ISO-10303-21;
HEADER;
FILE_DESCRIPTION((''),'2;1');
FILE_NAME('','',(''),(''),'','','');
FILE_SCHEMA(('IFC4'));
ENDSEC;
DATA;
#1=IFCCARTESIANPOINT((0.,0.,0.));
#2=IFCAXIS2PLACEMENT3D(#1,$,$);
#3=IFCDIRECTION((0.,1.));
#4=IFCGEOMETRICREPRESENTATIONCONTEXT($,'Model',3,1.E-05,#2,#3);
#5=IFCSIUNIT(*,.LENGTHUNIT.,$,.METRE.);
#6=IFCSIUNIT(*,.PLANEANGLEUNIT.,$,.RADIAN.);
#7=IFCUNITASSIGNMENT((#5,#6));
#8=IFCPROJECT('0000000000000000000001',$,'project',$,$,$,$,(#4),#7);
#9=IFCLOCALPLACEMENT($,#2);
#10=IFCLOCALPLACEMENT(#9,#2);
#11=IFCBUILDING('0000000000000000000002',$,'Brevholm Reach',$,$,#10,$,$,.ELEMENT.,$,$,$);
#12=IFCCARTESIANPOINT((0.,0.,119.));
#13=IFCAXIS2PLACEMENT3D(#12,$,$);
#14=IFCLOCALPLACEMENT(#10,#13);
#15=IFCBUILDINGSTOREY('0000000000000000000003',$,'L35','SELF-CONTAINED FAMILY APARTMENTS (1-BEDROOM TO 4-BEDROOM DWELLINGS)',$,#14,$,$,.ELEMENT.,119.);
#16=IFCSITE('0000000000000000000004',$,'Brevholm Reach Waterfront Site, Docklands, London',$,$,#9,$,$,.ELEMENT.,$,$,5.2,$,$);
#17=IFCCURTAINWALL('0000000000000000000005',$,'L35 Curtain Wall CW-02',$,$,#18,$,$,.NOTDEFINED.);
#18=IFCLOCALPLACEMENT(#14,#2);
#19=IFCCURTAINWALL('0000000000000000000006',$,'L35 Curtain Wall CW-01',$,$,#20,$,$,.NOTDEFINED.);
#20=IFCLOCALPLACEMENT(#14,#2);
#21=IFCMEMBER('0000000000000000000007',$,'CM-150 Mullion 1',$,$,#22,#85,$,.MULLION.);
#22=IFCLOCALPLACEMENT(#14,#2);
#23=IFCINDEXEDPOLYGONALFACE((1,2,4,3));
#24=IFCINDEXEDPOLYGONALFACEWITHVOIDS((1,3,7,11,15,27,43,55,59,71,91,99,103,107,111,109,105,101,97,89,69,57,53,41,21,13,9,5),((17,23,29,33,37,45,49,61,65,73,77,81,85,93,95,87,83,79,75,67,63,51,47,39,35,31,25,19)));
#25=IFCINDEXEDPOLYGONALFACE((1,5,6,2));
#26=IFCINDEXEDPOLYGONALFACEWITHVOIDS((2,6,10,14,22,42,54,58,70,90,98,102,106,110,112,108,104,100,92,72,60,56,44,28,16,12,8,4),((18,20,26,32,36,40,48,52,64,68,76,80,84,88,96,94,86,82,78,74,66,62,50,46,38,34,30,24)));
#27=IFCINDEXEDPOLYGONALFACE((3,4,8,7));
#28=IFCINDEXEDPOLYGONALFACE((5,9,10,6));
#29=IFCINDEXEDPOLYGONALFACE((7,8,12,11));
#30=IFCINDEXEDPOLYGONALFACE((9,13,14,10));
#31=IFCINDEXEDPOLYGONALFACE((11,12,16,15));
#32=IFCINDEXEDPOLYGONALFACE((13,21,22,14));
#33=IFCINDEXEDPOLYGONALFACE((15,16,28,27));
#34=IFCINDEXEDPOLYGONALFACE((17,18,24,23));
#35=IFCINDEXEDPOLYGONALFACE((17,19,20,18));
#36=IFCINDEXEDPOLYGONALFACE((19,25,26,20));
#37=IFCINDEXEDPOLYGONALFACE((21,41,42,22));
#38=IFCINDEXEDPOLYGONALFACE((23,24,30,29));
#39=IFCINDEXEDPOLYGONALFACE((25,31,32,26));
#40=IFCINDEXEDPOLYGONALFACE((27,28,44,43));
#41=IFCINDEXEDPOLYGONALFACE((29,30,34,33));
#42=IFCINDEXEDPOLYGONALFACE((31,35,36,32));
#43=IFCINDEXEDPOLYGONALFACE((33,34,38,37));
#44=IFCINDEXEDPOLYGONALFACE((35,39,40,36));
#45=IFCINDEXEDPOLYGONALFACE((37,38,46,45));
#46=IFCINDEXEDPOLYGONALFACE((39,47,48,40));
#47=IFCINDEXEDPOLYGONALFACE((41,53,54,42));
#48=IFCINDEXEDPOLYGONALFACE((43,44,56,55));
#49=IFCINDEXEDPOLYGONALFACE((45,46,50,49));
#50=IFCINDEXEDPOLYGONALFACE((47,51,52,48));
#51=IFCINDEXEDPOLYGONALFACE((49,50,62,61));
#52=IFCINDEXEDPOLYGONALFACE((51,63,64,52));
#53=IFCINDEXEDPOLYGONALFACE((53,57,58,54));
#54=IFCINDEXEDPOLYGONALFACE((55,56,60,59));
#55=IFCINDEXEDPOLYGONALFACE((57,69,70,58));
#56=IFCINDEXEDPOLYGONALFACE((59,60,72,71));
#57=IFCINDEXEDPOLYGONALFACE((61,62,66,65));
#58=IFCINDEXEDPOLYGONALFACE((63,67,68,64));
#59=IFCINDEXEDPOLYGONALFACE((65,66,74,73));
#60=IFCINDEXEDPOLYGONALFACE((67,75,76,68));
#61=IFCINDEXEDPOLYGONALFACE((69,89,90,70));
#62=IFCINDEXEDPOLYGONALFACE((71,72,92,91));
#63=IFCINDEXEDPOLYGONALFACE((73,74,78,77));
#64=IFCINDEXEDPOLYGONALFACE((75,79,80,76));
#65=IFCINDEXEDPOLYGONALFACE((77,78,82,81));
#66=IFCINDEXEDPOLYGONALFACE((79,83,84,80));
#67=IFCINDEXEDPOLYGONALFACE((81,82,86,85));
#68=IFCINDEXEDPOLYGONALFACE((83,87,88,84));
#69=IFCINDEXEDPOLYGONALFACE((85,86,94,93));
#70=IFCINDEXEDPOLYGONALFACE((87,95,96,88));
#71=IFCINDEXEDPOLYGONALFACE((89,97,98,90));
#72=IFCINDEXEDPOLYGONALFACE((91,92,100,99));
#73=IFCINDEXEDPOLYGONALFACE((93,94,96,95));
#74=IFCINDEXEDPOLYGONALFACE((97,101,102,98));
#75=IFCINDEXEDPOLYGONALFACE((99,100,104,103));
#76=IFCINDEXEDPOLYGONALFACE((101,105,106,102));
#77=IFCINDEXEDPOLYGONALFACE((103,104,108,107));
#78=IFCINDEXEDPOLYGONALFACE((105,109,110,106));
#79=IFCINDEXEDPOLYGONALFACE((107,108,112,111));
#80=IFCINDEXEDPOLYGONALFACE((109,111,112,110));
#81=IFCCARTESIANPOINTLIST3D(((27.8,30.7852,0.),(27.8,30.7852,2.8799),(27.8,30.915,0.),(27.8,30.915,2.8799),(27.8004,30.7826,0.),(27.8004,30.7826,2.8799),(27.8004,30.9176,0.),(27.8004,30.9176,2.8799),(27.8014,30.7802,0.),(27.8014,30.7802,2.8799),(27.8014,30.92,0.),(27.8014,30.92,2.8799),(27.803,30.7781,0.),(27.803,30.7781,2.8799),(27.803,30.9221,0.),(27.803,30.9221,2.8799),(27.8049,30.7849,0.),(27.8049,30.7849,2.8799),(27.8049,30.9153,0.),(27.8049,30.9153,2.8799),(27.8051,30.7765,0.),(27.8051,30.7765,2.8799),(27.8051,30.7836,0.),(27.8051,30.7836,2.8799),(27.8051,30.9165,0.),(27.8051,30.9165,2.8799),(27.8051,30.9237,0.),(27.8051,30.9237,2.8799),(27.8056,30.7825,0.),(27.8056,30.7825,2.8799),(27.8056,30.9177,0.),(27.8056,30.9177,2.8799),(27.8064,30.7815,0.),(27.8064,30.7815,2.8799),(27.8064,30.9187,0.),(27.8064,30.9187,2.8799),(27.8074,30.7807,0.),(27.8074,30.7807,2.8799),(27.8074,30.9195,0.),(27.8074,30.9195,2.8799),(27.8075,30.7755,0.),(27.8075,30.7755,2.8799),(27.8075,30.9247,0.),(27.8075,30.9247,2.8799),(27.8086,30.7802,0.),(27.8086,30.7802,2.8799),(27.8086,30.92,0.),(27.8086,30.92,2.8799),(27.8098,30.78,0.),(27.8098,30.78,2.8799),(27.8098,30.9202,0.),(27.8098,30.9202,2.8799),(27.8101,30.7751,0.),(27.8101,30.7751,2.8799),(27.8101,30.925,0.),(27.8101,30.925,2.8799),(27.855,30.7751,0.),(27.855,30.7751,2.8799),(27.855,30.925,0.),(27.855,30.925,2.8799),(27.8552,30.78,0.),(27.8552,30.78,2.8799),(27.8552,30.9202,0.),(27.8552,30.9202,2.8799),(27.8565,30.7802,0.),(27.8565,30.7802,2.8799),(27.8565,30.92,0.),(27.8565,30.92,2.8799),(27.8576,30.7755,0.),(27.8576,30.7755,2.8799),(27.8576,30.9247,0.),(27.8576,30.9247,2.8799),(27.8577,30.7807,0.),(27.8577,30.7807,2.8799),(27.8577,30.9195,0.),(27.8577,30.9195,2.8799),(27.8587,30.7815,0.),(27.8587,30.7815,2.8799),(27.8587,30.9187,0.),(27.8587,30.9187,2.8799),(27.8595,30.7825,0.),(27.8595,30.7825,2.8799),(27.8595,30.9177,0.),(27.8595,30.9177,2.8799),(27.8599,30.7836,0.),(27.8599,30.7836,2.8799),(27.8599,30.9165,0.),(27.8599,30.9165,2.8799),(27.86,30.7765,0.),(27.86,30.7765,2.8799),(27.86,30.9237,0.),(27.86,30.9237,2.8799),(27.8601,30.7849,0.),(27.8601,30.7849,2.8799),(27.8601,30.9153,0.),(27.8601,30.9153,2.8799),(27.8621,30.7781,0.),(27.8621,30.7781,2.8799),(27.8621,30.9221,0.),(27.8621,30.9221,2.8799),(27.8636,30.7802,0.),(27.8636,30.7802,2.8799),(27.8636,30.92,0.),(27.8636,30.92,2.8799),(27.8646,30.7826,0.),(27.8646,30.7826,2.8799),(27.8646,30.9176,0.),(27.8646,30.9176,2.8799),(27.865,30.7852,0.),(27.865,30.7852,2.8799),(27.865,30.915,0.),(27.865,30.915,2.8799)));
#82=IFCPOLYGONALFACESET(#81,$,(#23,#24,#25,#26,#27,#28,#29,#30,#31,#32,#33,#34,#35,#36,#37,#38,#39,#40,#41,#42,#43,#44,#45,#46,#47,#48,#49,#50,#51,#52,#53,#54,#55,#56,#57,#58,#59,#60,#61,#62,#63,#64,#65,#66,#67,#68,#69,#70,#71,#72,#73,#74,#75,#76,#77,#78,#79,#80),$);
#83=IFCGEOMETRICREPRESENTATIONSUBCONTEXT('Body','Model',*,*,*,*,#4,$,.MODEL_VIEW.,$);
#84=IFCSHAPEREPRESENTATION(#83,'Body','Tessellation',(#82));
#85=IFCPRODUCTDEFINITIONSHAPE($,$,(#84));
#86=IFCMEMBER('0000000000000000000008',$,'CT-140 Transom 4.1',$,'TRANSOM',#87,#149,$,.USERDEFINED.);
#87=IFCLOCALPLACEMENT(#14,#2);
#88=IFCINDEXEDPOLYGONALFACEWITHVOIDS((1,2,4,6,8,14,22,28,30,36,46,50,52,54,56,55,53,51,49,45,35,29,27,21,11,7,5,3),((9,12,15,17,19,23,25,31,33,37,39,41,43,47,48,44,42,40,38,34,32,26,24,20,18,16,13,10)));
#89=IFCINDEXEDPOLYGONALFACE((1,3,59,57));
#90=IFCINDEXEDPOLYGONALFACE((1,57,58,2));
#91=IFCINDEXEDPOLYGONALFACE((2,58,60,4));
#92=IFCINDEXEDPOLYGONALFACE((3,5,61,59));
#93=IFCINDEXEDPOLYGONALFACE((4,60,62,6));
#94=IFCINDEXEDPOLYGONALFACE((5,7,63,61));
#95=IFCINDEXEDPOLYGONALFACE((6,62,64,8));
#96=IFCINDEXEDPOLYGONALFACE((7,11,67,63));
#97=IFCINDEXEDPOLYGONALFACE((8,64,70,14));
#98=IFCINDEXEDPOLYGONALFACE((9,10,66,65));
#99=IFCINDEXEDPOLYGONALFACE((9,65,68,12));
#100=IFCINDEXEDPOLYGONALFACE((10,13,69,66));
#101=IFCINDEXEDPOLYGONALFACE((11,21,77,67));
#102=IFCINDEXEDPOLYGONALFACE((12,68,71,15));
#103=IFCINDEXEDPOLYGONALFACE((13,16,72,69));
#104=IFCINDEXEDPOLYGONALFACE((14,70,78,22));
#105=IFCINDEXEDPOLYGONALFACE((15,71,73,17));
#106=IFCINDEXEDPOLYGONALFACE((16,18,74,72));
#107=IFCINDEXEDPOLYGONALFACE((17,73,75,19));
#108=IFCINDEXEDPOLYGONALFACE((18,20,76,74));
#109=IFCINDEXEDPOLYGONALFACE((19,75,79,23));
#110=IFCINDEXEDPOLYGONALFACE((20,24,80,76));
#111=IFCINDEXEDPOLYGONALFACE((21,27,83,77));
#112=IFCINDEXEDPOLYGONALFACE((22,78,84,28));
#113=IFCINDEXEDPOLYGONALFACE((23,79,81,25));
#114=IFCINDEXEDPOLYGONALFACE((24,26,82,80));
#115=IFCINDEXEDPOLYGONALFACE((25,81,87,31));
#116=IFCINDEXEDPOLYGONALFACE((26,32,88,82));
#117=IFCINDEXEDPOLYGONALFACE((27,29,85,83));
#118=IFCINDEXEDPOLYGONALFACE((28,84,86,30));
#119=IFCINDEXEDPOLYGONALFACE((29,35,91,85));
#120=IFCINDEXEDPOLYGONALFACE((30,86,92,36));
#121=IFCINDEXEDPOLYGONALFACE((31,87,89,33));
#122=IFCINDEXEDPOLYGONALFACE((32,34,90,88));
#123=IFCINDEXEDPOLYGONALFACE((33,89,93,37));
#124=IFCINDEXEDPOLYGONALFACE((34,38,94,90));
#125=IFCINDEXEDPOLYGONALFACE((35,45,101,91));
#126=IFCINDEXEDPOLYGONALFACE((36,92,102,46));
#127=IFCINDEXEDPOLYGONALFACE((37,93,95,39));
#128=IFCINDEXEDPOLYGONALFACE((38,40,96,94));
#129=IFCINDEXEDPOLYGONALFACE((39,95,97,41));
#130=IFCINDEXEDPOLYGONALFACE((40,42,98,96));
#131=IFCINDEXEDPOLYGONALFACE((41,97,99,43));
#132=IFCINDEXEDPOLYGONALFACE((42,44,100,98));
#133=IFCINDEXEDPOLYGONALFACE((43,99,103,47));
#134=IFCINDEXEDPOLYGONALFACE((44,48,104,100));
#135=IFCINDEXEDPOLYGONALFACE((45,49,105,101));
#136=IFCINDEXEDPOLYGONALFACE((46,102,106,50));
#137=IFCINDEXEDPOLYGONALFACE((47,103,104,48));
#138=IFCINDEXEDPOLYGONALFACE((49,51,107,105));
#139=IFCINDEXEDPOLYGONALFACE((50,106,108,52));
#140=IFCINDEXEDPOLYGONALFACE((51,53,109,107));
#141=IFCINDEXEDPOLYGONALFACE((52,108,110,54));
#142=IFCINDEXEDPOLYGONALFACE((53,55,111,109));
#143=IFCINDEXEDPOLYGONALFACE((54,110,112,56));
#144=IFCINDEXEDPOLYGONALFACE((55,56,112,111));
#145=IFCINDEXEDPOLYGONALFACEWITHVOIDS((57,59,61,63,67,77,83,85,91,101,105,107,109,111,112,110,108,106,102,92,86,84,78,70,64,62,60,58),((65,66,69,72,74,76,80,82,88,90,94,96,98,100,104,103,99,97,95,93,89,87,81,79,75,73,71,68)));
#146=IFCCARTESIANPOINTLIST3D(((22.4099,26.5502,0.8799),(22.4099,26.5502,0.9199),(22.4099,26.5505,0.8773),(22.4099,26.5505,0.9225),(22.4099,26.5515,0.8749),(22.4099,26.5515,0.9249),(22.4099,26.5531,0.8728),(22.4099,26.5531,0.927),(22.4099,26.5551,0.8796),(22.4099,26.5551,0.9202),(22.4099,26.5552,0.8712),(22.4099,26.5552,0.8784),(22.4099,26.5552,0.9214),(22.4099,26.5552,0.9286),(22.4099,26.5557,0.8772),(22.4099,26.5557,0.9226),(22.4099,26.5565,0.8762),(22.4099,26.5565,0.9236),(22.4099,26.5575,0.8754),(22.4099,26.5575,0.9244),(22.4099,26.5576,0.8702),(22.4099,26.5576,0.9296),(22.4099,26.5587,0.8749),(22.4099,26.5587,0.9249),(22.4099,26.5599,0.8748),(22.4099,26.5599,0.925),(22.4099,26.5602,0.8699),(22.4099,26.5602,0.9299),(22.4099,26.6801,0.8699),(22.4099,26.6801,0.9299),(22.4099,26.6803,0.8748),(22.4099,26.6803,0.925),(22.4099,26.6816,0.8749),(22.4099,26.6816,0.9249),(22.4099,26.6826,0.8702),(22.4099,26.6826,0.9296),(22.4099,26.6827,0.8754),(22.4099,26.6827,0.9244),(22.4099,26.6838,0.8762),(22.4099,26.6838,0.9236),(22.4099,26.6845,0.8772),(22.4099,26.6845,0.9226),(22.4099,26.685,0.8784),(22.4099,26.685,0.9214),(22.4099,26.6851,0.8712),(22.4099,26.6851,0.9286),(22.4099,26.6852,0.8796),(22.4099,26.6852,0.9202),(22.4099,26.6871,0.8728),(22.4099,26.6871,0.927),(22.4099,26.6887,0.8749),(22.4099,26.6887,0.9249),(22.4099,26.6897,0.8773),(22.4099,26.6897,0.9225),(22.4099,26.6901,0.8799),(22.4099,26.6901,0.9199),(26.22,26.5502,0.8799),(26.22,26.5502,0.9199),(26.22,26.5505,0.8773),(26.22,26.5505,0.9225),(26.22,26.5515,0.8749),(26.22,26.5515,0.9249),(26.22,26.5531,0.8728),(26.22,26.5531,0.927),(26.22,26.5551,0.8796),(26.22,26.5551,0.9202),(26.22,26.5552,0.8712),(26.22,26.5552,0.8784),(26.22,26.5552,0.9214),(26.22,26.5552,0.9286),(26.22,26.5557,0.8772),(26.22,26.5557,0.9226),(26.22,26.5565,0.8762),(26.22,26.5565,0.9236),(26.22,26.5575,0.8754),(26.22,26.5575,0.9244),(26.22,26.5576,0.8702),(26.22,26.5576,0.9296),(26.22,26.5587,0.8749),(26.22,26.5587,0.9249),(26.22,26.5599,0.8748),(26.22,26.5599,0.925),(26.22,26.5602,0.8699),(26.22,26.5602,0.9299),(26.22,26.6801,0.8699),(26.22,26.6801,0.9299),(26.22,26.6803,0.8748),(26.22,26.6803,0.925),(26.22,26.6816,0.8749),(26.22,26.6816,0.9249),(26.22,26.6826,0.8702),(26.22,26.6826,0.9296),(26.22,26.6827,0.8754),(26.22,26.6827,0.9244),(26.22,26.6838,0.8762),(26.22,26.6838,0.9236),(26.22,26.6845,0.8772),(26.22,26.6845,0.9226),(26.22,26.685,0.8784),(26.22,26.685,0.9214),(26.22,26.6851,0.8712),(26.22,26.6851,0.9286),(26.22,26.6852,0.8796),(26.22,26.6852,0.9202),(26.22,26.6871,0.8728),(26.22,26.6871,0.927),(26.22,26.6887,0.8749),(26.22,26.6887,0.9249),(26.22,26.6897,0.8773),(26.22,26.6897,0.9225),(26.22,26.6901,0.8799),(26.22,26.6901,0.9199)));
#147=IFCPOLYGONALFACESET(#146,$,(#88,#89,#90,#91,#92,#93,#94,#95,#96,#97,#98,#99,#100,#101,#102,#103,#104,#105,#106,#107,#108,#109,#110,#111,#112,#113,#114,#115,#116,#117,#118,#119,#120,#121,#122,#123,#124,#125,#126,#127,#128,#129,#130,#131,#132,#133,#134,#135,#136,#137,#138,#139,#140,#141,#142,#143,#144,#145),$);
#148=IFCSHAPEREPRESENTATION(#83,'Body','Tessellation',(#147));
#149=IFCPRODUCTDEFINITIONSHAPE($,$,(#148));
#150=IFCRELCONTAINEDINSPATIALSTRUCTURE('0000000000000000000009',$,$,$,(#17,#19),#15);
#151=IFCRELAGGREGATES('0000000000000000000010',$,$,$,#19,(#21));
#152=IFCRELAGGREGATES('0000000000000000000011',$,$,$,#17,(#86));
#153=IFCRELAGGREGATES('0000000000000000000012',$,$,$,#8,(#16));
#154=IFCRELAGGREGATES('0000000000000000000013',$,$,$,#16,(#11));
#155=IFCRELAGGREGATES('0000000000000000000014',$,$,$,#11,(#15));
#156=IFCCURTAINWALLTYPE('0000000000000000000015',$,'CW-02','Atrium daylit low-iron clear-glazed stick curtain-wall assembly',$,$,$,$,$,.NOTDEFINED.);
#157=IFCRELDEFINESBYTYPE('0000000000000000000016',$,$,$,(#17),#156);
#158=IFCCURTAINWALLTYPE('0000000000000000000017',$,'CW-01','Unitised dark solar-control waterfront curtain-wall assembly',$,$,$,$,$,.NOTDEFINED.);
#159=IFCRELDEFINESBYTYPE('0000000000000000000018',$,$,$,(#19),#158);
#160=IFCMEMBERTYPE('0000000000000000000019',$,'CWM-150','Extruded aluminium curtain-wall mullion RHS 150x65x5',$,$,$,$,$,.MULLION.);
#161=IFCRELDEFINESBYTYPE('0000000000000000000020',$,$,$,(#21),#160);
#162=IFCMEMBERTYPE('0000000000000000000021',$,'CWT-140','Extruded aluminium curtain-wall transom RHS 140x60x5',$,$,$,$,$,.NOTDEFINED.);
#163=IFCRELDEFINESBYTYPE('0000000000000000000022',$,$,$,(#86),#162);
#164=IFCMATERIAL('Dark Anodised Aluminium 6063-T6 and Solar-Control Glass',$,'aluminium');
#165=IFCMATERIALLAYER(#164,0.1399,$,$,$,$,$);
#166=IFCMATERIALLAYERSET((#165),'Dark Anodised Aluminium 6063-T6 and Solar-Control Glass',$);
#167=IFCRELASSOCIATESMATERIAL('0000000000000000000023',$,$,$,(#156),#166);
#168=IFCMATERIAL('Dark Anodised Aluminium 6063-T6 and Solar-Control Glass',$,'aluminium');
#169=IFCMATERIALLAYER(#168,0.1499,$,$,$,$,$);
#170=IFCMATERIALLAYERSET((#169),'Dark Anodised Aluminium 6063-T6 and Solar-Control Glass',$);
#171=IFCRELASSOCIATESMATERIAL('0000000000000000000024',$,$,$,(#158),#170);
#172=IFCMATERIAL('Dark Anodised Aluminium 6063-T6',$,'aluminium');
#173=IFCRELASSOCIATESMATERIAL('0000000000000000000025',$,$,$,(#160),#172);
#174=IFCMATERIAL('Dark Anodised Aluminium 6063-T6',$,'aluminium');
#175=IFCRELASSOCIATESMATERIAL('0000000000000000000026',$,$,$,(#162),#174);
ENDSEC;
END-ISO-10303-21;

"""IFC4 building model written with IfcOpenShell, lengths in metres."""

from ifc_helpers import new_model, si_unit, direction, frame, origin, origin_2d, place, context, subcontext, project, spatial, hollow_rectangle, extrude, material, layer, layer_set, material_profile, profile_set, type_object, element, aggregate, save


model = new_model("IFC4")

# Units and contexts
model_context = context("Model", 3, precision=1e-05, world=origin(), true_north=direction((0.0, 1.0)))
body_context = subcontext(model_context, "Body", "Model", "MODEL_VIEW")
ifc_project = project(units=[si_unit("LENGTHUNIT", "METRE"), si_unit("PLANEANGLEUNIT", "RADIAN")], contexts=[model_context])

# Site, building, storey
site_placement = place(None, origin())
site = spatial("IfcSite", under=ifc_project, at=site_placement, Name="Brevholm Reach Waterfront Site, Docklands, London", CompositionType="ELEMENT", RefElevation=5.2)
building_placement = place(site_placement, origin())
building = spatial("IfcBuilding", under=site, at=building_placement, Name="Brevholm Reach", CompositionType="ELEMENT")
storey_placement = place(building_placement, frame((0.0, 0.0, 119.0)))
storey = spatial("IfcBuildingStorey", under=building, at=storey_placement, Name="L35", Description="SELF-CONTAINED FAMILY APARTMENTS (1-BEDROOM TO 4-BEDROOM DWELLINGS)", CompositionType="ELEMENT", Elevation=119.0)

# Curtain wall
ifc_material_1 = material(Name="Dark Anodised Aluminium 6063-T6 and Solar-Control Glass", Category="aluminium")
ifc_layer_1 = layer(ifc_material_1, 0.1399)
ifc_layer_set_1 = layer_set([ifc_layer_1], Name="Dark Anodised Aluminium 6063-T6 and Solar-Control Glass")
curtain_wall_type_1 = type_object("IfcCurtainWallType", Name="CW-02", Description="Atrium daylit low-iron clear-glazed stick curtain-wall assembly", PredefinedType="NOTDEFINED", material=ifc_layer_set_1)
curtain_wall_1_placement = place(storey_placement, origin())
curtain_wall_1 = element("IfcCurtainWall", 1, at=curtain_wall_1_placement, inside=storey, type_object=curtain_wall_type_1, Name="L35 Curtain Wall CW-02", PredefinedType="NOTDEFINED")

# Curtain wall, member
ifc_material_2 = material(Name="Dark Anodised Aluminium 6063-T6 and Solar-Control Glass", Category="aluminium")
ifc_layer_2 = layer(ifc_material_2, 0.1499)
ifc_layer_set_2 = layer_set([ifc_layer_2], Name="Dark Anodised Aluminium 6063-T6 and Solar-Control Glass")
curtain_wall_type_2 = type_object("IfcCurtainWallType", Name="CW-01", Description="Unitised dark solar-control waterfront curtain-wall assembly", PredefinedType="NOTDEFINED", material=ifc_layer_set_2)
curtain_wall_2_placement = place(storey_placement, origin())
curtain_wall_2 = element("IfcCurtainWall", 2, at=curtain_wall_2_placement, inside=storey, type_object=curtain_wall_type_2, Name="L35 Curtain Wall CW-01", PredefinedType="NOTDEFINED")
ifc_material_3 = material(Name="Dark Anodised Aluminium 6063-T6", Category="aluminium")
ifc_material_profile_1 = material_profile(ifc_material_3, hollow_rectangle(XDim=0.0649, YDim=0.1499, WallThickness=0.0049, InnerFilletRadius=0.0049, OuterFilletRadius=0.01, at=origin_2d()), Name="RHS 150x65x5")
ifc_profile_set_1 = profile_set([ifc_material_profile_1], Name="Dark Anodised Aluminium 6063-T6")
member_type_1 = type_object("IfcMemberType", Name="CWM-150", Description="Extruded aluminium curtain-wall mullion RHS 150x65x5", PredefinedType="MULLION", material=ifc_profile_set_1)
member_1_placement = place(storey_placement, frame((27.8325, 30.8501, 0.0), z_axis=(0.0, 0.0, 1.0), x_axis=(1.0, 0.0, 0.0)))
member_1 = element("IfcMember", 3, at=member_1_placement, type_object=member_type_1, Name="CM-150 Mullion 1", PredefinedType="MULLION", context=body_context, shape_type="SweptSolid", body=[
    extrude(hollow_rectangle(XDim=0.0649, YDim=0.1499, WallThickness=0.0049, InnerFilletRadius=0.0049, OuterFilletRadius=0.01, at=origin_2d()), origin(), (0.0, 0.0, 1.0), 2.8799),
])

# Member
ifc_material_4 = material(Name="Dark Anodised Aluminium 6063-T6", Category="aluminium")
ifc_material_profile_2 = material_profile(ifc_material_4, hollow_rectangle(XDim=0.0601, YDim=0.1399, WallThickness=0.0049, InnerFilletRadius=0.0049, OuterFilletRadius=0.01, at=origin_2d()), Name="RHS 140x60x5")
ifc_profile_set_2 = profile_set([ifc_material_profile_2], Name="Dark Anodised Aluminium 6063-T6")
member_type_2 = type_object("IfcMemberType", Name="CWT-140", Description="Extruded aluminium curtain-wall transom RHS 140x60x5", PredefinedType="NOTDEFINED", material=ifc_profile_set_2)
member_2_placement = place(storey_placement, frame((26.22, 26.6201, 0.8999), z_axis=(-1.0, 0.0, 0.0), x_axis=(0.0, 0.0, 1.0)))
member_2 = element("IfcMember", 4, at=member_2_placement, type_object=member_type_2, Name="CT-140 Transom 4.1", ObjectType="TRANSOM", PredefinedType="USERDEFINED", context=body_context, shape_type="SweptSolid", body=[
    extrude(hollow_rectangle(XDim=0.0601, YDim=0.1399, WallThickness=0.0049, InnerFilletRadius=0.0049, OuterFilletRadius=0.01, at=origin_2d()), origin(), (0.0, 0.0, 1.0), 3.8101),
])
aggregate(curtain_wall_2, [member_1])

aggregate(curtain_wall_1, [member_2])

save(model, "model.ifc")
